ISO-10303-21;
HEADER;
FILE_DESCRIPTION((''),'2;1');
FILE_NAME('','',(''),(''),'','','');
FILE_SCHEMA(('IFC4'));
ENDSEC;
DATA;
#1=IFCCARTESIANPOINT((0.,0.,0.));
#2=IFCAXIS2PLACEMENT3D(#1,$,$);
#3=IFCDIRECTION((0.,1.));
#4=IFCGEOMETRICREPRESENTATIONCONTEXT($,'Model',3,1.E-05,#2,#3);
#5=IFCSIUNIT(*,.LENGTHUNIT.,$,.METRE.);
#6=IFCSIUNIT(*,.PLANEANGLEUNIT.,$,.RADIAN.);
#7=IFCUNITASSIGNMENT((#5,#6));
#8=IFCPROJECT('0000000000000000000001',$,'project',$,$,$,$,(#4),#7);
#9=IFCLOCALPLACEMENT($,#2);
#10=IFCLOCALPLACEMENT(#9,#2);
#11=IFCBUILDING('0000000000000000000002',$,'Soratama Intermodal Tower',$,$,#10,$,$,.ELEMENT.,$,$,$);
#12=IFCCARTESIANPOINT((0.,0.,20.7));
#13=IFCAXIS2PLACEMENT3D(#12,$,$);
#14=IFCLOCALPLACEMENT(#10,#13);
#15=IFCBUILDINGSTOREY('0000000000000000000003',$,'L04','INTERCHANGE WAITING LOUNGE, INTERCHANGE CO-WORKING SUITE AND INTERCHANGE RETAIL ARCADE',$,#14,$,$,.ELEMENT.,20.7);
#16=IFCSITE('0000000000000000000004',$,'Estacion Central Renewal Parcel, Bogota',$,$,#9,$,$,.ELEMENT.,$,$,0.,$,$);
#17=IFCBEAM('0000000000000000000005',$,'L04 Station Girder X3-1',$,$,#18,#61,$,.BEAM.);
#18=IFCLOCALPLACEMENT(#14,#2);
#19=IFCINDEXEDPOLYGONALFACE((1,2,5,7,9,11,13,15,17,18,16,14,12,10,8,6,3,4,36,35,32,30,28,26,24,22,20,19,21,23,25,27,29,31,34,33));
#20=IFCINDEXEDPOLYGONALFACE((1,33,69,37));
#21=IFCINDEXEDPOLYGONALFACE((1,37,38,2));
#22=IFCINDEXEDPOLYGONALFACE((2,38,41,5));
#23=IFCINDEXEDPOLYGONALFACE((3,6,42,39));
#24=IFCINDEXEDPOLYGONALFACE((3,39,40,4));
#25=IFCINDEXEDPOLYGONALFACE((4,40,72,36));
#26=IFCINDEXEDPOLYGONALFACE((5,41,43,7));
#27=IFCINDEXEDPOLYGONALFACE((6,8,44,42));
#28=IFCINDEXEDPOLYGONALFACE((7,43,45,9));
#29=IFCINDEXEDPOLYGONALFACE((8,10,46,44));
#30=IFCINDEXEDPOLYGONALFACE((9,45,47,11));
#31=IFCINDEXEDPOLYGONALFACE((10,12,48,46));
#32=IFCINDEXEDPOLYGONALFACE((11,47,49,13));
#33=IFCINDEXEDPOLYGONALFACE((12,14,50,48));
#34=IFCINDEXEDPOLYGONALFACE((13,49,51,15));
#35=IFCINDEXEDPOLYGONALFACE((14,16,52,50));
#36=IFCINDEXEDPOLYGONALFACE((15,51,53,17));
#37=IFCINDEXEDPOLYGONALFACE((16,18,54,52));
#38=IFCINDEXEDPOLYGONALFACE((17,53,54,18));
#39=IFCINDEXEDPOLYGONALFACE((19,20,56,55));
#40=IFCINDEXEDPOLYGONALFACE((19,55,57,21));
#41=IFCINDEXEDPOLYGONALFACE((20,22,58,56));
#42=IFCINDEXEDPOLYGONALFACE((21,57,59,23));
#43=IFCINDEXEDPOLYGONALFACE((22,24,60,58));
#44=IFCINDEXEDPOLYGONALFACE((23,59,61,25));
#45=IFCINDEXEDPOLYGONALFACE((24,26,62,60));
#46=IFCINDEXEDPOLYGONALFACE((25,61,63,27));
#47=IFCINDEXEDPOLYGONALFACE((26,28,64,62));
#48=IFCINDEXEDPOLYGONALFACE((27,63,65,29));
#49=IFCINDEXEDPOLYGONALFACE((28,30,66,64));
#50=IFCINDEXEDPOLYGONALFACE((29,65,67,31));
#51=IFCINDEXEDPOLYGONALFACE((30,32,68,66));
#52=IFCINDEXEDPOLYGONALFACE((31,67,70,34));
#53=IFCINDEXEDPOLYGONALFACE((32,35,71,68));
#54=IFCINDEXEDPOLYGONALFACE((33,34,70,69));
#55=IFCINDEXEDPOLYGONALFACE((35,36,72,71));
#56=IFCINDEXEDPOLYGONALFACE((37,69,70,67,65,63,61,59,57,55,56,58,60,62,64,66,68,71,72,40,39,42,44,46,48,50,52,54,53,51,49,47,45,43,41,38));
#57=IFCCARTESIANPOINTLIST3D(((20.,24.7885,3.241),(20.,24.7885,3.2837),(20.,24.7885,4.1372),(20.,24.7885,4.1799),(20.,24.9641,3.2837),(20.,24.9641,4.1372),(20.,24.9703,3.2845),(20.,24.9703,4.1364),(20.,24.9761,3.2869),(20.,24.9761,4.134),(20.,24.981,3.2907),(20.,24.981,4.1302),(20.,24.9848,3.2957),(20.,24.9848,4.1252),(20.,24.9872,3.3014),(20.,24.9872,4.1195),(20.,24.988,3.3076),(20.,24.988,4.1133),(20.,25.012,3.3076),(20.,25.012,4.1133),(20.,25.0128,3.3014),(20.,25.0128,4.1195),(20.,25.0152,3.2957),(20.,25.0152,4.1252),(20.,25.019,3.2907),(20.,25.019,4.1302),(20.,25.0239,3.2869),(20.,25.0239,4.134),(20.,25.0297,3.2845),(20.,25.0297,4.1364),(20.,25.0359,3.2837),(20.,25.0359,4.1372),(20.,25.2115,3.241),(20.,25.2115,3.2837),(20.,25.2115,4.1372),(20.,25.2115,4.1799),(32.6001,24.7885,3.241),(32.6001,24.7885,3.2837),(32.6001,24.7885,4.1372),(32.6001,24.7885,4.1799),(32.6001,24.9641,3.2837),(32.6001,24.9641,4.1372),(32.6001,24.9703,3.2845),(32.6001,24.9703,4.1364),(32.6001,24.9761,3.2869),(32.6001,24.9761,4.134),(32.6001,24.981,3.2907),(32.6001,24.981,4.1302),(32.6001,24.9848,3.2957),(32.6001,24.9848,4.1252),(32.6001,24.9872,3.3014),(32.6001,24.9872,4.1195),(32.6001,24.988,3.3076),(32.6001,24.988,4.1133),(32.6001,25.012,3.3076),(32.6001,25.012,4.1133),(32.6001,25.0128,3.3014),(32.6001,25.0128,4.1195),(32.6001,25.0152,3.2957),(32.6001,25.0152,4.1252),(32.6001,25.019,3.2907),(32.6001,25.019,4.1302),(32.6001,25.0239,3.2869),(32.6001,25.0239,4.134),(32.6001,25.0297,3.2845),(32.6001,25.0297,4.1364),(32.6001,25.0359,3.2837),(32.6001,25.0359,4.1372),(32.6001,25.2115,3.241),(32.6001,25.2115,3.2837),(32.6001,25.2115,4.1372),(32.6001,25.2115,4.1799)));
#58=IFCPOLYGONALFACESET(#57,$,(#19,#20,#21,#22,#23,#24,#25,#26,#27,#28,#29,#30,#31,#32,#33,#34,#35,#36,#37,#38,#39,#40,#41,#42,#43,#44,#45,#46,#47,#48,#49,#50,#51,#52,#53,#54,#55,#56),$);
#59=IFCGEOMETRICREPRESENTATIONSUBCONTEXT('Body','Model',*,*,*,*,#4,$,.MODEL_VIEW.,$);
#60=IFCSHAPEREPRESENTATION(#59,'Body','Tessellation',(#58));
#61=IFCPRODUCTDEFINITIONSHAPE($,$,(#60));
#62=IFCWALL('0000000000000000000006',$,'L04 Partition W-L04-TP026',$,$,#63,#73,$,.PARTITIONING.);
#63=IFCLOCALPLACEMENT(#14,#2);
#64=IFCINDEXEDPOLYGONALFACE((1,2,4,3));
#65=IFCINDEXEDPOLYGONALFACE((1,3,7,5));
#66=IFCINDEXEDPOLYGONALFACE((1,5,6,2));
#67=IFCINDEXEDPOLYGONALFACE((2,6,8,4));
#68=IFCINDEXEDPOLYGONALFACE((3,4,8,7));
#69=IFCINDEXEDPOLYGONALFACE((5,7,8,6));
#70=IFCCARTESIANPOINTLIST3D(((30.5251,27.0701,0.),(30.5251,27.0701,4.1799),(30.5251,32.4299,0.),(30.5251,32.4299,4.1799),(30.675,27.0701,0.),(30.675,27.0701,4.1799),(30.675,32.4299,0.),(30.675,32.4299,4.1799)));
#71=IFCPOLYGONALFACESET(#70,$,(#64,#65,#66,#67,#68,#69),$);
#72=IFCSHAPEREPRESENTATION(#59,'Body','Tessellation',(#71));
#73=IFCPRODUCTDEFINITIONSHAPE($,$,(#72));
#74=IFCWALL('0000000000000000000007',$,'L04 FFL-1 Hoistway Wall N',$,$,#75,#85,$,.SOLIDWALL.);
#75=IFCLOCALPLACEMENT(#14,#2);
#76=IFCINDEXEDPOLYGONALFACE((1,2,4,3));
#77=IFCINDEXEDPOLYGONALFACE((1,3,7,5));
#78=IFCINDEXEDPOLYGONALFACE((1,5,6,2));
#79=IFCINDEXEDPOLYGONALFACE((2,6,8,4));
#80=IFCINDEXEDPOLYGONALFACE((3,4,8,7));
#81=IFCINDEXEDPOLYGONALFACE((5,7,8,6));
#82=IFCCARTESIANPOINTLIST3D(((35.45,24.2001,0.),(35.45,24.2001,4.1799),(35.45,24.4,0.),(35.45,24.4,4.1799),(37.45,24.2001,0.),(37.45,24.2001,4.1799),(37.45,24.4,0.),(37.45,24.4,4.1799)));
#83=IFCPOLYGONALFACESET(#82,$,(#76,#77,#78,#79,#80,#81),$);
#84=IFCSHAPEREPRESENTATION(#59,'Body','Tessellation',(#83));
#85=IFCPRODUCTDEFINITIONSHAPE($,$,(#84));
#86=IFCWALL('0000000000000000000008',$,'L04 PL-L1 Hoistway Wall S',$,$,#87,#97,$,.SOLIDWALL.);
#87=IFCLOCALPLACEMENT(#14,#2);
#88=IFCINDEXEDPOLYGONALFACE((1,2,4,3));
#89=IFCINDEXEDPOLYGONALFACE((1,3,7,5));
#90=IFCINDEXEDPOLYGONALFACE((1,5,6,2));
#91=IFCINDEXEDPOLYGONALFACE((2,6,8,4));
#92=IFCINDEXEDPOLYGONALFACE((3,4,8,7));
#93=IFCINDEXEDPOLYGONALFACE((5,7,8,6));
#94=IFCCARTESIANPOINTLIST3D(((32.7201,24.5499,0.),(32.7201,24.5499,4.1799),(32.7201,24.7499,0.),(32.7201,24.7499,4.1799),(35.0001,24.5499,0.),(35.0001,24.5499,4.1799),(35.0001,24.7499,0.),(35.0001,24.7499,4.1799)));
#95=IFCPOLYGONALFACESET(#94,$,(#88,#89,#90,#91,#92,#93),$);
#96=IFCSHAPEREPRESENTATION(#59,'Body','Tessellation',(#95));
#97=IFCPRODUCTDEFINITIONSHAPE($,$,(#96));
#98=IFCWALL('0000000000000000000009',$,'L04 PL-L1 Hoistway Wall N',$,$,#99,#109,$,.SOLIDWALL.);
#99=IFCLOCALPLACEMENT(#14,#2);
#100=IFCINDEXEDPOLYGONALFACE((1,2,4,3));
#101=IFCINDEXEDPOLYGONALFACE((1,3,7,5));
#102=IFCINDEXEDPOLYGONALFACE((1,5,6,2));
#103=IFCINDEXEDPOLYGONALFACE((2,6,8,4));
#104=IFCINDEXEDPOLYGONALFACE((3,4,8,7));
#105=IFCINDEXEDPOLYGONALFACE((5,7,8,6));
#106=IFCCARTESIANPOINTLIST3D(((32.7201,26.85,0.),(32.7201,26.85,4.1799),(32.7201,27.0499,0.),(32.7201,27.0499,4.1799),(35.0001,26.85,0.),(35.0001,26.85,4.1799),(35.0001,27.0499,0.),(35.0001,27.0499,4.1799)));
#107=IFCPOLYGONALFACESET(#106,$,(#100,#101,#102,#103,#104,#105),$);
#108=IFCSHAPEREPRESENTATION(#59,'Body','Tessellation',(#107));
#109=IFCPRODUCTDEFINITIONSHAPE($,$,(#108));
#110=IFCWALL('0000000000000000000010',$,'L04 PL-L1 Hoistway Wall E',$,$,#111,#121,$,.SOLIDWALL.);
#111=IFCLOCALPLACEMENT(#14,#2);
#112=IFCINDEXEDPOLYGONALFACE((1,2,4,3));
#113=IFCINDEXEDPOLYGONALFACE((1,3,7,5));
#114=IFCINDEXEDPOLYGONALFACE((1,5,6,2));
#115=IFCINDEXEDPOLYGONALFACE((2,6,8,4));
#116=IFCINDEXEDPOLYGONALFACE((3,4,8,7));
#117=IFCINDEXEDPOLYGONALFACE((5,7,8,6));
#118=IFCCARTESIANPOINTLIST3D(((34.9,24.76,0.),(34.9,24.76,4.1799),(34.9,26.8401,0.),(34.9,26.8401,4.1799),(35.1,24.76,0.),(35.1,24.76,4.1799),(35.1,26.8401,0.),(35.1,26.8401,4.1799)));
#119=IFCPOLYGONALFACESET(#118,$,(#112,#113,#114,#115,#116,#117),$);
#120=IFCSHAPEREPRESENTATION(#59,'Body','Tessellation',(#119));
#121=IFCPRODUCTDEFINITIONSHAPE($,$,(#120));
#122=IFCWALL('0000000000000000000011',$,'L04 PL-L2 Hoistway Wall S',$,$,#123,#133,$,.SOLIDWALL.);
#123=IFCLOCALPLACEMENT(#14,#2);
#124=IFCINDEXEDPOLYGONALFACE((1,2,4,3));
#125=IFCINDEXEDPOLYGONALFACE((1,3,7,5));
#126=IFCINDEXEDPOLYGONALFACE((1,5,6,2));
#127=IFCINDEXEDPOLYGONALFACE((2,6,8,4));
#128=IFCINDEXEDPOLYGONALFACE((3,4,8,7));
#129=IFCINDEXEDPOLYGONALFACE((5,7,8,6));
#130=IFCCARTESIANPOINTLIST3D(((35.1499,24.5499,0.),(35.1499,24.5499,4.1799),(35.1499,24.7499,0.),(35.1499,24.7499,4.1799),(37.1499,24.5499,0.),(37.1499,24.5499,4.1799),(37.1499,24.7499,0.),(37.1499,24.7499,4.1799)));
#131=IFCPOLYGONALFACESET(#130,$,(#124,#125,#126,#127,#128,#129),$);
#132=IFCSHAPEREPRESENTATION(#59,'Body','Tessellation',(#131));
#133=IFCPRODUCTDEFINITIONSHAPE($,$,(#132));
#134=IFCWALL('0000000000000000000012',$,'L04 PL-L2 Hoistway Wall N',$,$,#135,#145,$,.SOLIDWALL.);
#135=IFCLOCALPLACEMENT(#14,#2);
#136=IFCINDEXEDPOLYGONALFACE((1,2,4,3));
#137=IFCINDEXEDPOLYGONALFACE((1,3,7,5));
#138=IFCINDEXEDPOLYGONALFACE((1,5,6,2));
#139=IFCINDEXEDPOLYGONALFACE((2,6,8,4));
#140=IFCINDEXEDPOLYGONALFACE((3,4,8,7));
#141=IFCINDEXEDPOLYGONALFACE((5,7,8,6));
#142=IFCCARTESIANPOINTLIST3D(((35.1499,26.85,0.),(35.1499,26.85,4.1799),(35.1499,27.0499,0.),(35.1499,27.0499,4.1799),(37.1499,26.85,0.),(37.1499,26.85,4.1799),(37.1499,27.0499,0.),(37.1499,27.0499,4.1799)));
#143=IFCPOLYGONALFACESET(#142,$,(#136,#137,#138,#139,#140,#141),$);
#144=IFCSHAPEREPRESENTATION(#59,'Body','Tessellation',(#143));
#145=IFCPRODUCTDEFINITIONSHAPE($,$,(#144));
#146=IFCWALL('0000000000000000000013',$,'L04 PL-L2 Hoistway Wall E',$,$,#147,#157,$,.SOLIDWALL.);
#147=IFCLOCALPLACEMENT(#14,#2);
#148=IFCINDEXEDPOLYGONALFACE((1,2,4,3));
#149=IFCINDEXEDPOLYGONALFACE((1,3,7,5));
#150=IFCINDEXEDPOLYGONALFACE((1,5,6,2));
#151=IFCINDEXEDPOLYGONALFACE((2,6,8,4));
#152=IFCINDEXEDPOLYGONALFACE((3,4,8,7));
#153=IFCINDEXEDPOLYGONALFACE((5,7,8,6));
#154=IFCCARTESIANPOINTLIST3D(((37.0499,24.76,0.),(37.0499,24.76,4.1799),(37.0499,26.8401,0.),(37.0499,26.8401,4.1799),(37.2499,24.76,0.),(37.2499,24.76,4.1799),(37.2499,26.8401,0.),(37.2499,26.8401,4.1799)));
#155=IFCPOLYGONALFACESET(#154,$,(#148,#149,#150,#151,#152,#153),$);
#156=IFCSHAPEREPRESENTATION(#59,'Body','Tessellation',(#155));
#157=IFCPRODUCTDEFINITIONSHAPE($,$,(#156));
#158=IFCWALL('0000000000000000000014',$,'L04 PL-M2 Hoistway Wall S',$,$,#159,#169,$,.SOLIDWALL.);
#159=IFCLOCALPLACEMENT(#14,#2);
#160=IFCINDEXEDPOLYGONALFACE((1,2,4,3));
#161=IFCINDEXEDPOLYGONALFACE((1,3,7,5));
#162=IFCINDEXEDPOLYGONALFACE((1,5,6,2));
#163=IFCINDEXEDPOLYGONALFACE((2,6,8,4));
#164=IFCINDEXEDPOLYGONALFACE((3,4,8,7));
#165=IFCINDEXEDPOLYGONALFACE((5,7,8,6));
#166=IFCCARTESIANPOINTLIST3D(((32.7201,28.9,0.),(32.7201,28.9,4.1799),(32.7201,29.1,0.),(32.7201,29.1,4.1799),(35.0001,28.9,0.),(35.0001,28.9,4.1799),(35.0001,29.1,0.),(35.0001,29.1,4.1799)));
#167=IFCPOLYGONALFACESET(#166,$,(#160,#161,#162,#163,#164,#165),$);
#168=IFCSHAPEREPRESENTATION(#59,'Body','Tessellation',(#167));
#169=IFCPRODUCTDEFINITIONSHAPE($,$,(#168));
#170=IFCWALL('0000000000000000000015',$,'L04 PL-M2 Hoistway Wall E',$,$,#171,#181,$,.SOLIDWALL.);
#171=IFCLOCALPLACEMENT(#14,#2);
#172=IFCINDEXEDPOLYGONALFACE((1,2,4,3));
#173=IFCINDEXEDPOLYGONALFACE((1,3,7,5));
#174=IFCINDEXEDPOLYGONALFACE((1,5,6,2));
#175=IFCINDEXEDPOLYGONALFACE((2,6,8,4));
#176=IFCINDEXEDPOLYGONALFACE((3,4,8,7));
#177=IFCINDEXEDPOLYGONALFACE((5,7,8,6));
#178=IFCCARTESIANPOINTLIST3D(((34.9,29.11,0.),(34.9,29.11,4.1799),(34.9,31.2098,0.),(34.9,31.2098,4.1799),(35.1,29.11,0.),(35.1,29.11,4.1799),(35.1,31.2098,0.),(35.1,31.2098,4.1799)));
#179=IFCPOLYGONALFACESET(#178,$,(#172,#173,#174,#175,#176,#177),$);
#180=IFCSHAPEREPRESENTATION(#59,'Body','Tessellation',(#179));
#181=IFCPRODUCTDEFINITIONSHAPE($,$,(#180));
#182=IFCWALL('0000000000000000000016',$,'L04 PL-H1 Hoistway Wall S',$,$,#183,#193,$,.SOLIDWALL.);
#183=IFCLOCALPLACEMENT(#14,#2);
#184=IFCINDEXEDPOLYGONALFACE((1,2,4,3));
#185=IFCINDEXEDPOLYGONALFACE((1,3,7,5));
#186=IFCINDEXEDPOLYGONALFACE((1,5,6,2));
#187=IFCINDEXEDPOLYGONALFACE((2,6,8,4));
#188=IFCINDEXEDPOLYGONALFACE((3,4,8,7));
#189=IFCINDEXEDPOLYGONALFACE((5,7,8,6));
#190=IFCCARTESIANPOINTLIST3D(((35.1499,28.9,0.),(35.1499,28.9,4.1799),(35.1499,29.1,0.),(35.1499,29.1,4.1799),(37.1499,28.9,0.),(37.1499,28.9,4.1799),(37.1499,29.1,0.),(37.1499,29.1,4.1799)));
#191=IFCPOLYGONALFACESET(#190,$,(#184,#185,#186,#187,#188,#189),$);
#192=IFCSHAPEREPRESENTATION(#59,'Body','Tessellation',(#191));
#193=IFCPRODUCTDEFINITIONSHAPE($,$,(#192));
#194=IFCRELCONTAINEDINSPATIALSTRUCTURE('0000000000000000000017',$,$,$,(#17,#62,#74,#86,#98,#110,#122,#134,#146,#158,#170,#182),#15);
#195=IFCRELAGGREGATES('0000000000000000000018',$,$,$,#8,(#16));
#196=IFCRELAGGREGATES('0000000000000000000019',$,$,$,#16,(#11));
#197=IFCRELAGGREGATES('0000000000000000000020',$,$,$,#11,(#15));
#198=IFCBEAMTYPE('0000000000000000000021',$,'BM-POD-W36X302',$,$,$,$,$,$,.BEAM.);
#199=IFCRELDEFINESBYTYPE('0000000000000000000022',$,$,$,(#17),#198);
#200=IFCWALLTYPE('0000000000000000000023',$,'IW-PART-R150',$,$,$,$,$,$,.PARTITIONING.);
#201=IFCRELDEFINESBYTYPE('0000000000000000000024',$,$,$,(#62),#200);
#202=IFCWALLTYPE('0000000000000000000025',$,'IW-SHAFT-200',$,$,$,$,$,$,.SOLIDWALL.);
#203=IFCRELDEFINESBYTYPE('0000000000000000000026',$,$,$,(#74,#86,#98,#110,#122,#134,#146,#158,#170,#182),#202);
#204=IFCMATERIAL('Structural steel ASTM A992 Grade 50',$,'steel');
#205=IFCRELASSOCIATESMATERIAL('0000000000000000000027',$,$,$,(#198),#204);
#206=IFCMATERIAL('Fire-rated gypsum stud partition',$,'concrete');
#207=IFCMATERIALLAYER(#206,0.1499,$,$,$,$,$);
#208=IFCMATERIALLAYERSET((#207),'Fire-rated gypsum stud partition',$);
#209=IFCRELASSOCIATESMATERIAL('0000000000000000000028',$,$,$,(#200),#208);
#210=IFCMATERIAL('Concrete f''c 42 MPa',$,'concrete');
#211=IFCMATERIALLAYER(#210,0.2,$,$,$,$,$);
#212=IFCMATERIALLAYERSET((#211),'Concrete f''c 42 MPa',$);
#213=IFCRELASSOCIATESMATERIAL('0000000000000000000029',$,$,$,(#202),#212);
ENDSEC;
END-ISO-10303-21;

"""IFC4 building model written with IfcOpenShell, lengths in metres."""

from ifc_helpers import new_model, si_unit, direction, frame, frame_2d, origin, origin_2d, place, context, subcontext, project, spatial, rectangle, i_section, extrude, material, layer, layer_set, material_profile, profile_set, type_object, element, save


model = new_model("IFC4")

# Units and contexts
model_context = context("Model", 3, precision=1e-05, world=origin(), true_north=direction((0.0, 1.0)))
body_context = subcontext(model_context, "Body", "Model", "MODEL_VIEW")
ifc_project = project(units=[si_unit("LENGTHUNIT", "METRE"), si_unit("PLANEANGLEUNIT", "RADIAN")], contexts=[model_context])

# Site, building, storey
site_placement = place(None, origin())
site = spatial("IfcSite", under=ifc_project, at=site_placement, Name="Estacion Central Renewal Parcel, Bogota", CompositionType="ELEMENT", RefElevation=0.0)
building_placement = place(site_placement, origin())
building = spatial("IfcBuilding", under=site, at=building_placement, Name="Soratama Intermodal Tower", CompositionType="ELEMENT")
storey_placement = place(building_placement, frame((0.0, 0.0, 20.7)))
storey = spatial("IfcBuildingStorey", under=building, at=storey_placement, Name="L04", Description="INTERCHANGE WAITING LOUNGE, INTERCHANGE CO-WORKING SUITE AND INTERCHANGE RETAIL ARCADE", CompositionType="ELEMENT", Elevation=20.7)

# Beam
ifc_material_1 = material(Name="Structural steel ASTM A992 Grade 50", Category="steel")
ifc_material_profile_1 = material_profile(ifc_material_1, i_section(OverallWidth=0.4231, OverallDepth=0.939, WebThickness=0.0239, FlangeThickness=0.0427, FilletRadius=0.0239, at=origin_2d()), Name="W36X302")
ifc_profile_set_1 = profile_set([ifc_material_profile_1], Name="Structural steel ASTM A992 Grade 50")
beam_type_1 = type_object("IfcBeamType", Name="BM-POD-W36X302", PredefinedType="BEAM", material=ifc_profile_set_1)
beam_1_placement = place(storey_placement, frame((20.0, 25.0, 3.7104), z_axis=(1.0, 0.0, 0.0), x_axis=(0.0, 1.0, 0.0)))
element("IfcBeam", 1, at=beam_1_placement, inside=storey, type_object=beam_type_1, Name="L04 Station Girder X3-1", PredefinedType="BEAM", context=body_context, shape_type="SweptSolid", body=[
    extrude(i_section(OverallWidth=0.4231, OverallDepth=0.939, WebThickness=0.0239, FlangeThickness=0.0427, FilletRadius=0.0239, at=origin_2d()), origin(), (0.0, 0.0, 1.0), 12.6001),
])

# Walls
ifc_material_2 = material(Name="Fire-rated gypsum stud partition", Category="concrete")
ifc_layer_1 = layer(ifc_material_2, 0.1499)
ifc_layer_set_1 = layer_set([ifc_layer_1], Name="Fire-rated gypsum stud partition")
wall_type_1 = type_object("IfcWallType", Name="IW-PART-R150", PredefinedType="PARTITIONING", material=ifc_layer_set_1)
wall_1_placement = place(storey_placement, frame((30.6001, 27.0701, 0.0), z_axis=(0.0, 0.0, 1.0), x_axis=(0.0, 1.0, 0.0)))
element("IfcWall", 2, at=wall_1_placement, inside=storey, type_object=wall_type_1, Name="L04 Partition W-L04-TP026", PredefinedType="PARTITIONING", context=body_context, shape_type="SweptSolid", body=[
    extrude(rectangle(XDim=5.3599, YDim=0.1499, at=frame_2d((2.6799, 0.0))), origin(), (0.0, 0.0, 1.0), 4.1799),
])
ifc_material_3 = material(Name="Concrete f'c 42 MPa", Category="concrete")
ifc_layer_2 = layer(ifc_material_3, 0.2)
ifc_layer_set_2 = layer_set([ifc_layer_2], Name="Concrete f'c 42 MPa")
wall_type_2 = type_object("IfcWallType", Name="IW-SHAFT-200", PredefinedType="SOLIDWALL", material=ifc_layer_set_2)
wall_2_placement = place(storey_placement, frame((35.45, 24.3, 0.0), z_axis=(0.0, 0.0, 1.0), x_axis=(1.0, 0.0, 0.0)))
element("IfcWall", 3, at=wall_2_placement, inside=storey, type_object=wall_type_2, Name="L04 FFL-1 Hoistway Wall N", PredefinedType="SOLIDWALL", context=body_context, shape_type="SweptSolid", body=[
    extrude(rectangle(XDim=2.0, YDim=0.2, at=frame_2d((1.0, 0.0))), origin(), (0.0, 0.0, 1.0), 4.1799),
])
for number, where, z_axis, x_axis, name in (
    (4, (32.72, 24.6499, 0.0), (0.0, 0.0, 1.0), (1.0, 0.0, 0.0), "L04 PL-L1 Hoistway Wall S"),
    (5, (32.72, 26.95, 0.0), (0.0, 0.0, 1.0), (1.0, 0.0, 0.0), "L04 PL-L1 Hoistway Wall N"),
):
    element("IfcWall", number, at=place(storey_placement, frame(where, z_axis=z_axis, x_axis=x_axis)), inside=storey, type_object=wall_type_2, Name=name, PredefinedType="SOLIDWALL", context=body_context, shape_type="SweptSolid", body=[
        extrude(rectangle(XDim=2.28, YDim=0.2, at=frame_2d((1.1401, 0.0))), origin(), (0.0, 0.0, 1.0), 4.1799),
    ])
wall_3_placement = place(storey_placement, frame((35.0, 24.76, 0.0), z_axis=(0.0, 0.0, 1.0), x_axis=(0.0, 1.0, 0.0)))
element("IfcWall", 6, at=wall_3_placement, inside=storey, type_object=wall_type_2, Name="L04 PL-L1 Hoistway Wall E", PredefinedType="SOLIDWALL", context=body_context, shape_type="SweptSolid", body=[
    extrude(rectangle(XDim=2.0801, YDim=0.2, at=frame_2d((1.04, 0.0))), origin(), (0.0, 0.0, 1.0), 4.1799),
])
for number, where, z_axis, x_axis, name in (
    (7, (35.1499, 24.6499, 0.0), (0.0, 0.0, 1.0), (1.0, 0.0, 0.0), "L04 PL-L2 Hoistway Wall S"),
    (8, (35.1499, 26.95, 0.0), (0.0, 0.0, 1.0), (1.0, 0.0, 0.0), "L04 PL-L2 Hoistway Wall N"),
):
    element("IfcWall", number, at=place(storey_placement, frame(where, z_axis=z_axis, x_axis=x_axis)), inside=storey, type_object=wall_type_2, Name=name, PredefinedType="SOLIDWALL", context=body_context, shape_type="SweptSolid", body=[
        extrude(rectangle(XDim=2.0, YDim=0.2, at=frame_2d((1.0, 0.0))), origin(), (0.0, 0.0, 1.0), 4.1799),
    ])
wall_4_placement = place(storey_placement, frame((37.1499, 24.76, 0.0), z_axis=(0.0, 0.0, 1.0), x_axis=(0.0, 1.0, 0.0)))
element("IfcWall", 9, at=wall_4_placement, inside=storey, type_object=wall_type_2, Name="L04 PL-L2 Hoistway Wall E", PredefinedType="SOLIDWALL", context=body_context, shape_type="SweptSolid", body=[
    extrude(rectangle(XDim=2.0801, YDim=0.2, at=frame_2d((1.04, 0.0))), origin(), (0.0, 0.0, 1.0), 4.1799),
])
wall_5_placement = place(storey_placement, frame((32.72, 29.0, 0.0), z_axis=(0.0, 0.0, 1.0), x_axis=(1.0, 0.0, 0.0)))
element("IfcWall", 10, at=wall_5_placement, inside=storey, type_object=wall_type_2, Name="L04 PL-M2 Hoistway Wall S", PredefinedType="SOLIDWALL", context=body_context, shape_type="SweptSolid", body=[
    extrude(rectangle(XDim=2.28, YDim=0.2, at=frame_2d((1.1401, 0.0))), origin(), (0.0, 0.0, 1.0), 4.1799),
])
wall_6_placement = place(storey_placement, frame((35.0, 29.1101, 0.0), z_axis=(0.0, 0.0, 1.0), x_axis=(0.0, 1.0, 0.0)))
element("IfcWall", 11, at=wall_6_placement, inside=storey, type_object=wall_type_2, Name="L04 PL-M2 Hoistway Wall E", PredefinedType="SOLIDWALL", context=body_context, shape_type="SweptSolid", body=[
    extrude(rectangle(XDim=2.0999, YDim=0.2, at=frame_2d((1.0498, 0.0))), origin(), (0.0, 0.0, 1.0), 4.1799),
])
wall_7_placement = place(storey_placement, frame((35.1499, 29.0, 0.0), z_axis=(0.0, 0.0, 1.0), x_axis=(1.0, 0.0, 0.0)))
element("IfcWall", 12, at=wall_7_placement, inside=storey, type_object=wall_type_2, Name="L04 PL-H1 Hoistway Wall S", PredefinedType="SOLIDWALL", context=body_context, shape_type="SweptSolid", body=[
    extrude(rectangle(XDim=2.0, YDim=0.2, at=frame_2d((1.0, 0.0))), origin(), (0.0, 0.0, 1.0), 4.1799),
])

save(model, "model.ifc")
